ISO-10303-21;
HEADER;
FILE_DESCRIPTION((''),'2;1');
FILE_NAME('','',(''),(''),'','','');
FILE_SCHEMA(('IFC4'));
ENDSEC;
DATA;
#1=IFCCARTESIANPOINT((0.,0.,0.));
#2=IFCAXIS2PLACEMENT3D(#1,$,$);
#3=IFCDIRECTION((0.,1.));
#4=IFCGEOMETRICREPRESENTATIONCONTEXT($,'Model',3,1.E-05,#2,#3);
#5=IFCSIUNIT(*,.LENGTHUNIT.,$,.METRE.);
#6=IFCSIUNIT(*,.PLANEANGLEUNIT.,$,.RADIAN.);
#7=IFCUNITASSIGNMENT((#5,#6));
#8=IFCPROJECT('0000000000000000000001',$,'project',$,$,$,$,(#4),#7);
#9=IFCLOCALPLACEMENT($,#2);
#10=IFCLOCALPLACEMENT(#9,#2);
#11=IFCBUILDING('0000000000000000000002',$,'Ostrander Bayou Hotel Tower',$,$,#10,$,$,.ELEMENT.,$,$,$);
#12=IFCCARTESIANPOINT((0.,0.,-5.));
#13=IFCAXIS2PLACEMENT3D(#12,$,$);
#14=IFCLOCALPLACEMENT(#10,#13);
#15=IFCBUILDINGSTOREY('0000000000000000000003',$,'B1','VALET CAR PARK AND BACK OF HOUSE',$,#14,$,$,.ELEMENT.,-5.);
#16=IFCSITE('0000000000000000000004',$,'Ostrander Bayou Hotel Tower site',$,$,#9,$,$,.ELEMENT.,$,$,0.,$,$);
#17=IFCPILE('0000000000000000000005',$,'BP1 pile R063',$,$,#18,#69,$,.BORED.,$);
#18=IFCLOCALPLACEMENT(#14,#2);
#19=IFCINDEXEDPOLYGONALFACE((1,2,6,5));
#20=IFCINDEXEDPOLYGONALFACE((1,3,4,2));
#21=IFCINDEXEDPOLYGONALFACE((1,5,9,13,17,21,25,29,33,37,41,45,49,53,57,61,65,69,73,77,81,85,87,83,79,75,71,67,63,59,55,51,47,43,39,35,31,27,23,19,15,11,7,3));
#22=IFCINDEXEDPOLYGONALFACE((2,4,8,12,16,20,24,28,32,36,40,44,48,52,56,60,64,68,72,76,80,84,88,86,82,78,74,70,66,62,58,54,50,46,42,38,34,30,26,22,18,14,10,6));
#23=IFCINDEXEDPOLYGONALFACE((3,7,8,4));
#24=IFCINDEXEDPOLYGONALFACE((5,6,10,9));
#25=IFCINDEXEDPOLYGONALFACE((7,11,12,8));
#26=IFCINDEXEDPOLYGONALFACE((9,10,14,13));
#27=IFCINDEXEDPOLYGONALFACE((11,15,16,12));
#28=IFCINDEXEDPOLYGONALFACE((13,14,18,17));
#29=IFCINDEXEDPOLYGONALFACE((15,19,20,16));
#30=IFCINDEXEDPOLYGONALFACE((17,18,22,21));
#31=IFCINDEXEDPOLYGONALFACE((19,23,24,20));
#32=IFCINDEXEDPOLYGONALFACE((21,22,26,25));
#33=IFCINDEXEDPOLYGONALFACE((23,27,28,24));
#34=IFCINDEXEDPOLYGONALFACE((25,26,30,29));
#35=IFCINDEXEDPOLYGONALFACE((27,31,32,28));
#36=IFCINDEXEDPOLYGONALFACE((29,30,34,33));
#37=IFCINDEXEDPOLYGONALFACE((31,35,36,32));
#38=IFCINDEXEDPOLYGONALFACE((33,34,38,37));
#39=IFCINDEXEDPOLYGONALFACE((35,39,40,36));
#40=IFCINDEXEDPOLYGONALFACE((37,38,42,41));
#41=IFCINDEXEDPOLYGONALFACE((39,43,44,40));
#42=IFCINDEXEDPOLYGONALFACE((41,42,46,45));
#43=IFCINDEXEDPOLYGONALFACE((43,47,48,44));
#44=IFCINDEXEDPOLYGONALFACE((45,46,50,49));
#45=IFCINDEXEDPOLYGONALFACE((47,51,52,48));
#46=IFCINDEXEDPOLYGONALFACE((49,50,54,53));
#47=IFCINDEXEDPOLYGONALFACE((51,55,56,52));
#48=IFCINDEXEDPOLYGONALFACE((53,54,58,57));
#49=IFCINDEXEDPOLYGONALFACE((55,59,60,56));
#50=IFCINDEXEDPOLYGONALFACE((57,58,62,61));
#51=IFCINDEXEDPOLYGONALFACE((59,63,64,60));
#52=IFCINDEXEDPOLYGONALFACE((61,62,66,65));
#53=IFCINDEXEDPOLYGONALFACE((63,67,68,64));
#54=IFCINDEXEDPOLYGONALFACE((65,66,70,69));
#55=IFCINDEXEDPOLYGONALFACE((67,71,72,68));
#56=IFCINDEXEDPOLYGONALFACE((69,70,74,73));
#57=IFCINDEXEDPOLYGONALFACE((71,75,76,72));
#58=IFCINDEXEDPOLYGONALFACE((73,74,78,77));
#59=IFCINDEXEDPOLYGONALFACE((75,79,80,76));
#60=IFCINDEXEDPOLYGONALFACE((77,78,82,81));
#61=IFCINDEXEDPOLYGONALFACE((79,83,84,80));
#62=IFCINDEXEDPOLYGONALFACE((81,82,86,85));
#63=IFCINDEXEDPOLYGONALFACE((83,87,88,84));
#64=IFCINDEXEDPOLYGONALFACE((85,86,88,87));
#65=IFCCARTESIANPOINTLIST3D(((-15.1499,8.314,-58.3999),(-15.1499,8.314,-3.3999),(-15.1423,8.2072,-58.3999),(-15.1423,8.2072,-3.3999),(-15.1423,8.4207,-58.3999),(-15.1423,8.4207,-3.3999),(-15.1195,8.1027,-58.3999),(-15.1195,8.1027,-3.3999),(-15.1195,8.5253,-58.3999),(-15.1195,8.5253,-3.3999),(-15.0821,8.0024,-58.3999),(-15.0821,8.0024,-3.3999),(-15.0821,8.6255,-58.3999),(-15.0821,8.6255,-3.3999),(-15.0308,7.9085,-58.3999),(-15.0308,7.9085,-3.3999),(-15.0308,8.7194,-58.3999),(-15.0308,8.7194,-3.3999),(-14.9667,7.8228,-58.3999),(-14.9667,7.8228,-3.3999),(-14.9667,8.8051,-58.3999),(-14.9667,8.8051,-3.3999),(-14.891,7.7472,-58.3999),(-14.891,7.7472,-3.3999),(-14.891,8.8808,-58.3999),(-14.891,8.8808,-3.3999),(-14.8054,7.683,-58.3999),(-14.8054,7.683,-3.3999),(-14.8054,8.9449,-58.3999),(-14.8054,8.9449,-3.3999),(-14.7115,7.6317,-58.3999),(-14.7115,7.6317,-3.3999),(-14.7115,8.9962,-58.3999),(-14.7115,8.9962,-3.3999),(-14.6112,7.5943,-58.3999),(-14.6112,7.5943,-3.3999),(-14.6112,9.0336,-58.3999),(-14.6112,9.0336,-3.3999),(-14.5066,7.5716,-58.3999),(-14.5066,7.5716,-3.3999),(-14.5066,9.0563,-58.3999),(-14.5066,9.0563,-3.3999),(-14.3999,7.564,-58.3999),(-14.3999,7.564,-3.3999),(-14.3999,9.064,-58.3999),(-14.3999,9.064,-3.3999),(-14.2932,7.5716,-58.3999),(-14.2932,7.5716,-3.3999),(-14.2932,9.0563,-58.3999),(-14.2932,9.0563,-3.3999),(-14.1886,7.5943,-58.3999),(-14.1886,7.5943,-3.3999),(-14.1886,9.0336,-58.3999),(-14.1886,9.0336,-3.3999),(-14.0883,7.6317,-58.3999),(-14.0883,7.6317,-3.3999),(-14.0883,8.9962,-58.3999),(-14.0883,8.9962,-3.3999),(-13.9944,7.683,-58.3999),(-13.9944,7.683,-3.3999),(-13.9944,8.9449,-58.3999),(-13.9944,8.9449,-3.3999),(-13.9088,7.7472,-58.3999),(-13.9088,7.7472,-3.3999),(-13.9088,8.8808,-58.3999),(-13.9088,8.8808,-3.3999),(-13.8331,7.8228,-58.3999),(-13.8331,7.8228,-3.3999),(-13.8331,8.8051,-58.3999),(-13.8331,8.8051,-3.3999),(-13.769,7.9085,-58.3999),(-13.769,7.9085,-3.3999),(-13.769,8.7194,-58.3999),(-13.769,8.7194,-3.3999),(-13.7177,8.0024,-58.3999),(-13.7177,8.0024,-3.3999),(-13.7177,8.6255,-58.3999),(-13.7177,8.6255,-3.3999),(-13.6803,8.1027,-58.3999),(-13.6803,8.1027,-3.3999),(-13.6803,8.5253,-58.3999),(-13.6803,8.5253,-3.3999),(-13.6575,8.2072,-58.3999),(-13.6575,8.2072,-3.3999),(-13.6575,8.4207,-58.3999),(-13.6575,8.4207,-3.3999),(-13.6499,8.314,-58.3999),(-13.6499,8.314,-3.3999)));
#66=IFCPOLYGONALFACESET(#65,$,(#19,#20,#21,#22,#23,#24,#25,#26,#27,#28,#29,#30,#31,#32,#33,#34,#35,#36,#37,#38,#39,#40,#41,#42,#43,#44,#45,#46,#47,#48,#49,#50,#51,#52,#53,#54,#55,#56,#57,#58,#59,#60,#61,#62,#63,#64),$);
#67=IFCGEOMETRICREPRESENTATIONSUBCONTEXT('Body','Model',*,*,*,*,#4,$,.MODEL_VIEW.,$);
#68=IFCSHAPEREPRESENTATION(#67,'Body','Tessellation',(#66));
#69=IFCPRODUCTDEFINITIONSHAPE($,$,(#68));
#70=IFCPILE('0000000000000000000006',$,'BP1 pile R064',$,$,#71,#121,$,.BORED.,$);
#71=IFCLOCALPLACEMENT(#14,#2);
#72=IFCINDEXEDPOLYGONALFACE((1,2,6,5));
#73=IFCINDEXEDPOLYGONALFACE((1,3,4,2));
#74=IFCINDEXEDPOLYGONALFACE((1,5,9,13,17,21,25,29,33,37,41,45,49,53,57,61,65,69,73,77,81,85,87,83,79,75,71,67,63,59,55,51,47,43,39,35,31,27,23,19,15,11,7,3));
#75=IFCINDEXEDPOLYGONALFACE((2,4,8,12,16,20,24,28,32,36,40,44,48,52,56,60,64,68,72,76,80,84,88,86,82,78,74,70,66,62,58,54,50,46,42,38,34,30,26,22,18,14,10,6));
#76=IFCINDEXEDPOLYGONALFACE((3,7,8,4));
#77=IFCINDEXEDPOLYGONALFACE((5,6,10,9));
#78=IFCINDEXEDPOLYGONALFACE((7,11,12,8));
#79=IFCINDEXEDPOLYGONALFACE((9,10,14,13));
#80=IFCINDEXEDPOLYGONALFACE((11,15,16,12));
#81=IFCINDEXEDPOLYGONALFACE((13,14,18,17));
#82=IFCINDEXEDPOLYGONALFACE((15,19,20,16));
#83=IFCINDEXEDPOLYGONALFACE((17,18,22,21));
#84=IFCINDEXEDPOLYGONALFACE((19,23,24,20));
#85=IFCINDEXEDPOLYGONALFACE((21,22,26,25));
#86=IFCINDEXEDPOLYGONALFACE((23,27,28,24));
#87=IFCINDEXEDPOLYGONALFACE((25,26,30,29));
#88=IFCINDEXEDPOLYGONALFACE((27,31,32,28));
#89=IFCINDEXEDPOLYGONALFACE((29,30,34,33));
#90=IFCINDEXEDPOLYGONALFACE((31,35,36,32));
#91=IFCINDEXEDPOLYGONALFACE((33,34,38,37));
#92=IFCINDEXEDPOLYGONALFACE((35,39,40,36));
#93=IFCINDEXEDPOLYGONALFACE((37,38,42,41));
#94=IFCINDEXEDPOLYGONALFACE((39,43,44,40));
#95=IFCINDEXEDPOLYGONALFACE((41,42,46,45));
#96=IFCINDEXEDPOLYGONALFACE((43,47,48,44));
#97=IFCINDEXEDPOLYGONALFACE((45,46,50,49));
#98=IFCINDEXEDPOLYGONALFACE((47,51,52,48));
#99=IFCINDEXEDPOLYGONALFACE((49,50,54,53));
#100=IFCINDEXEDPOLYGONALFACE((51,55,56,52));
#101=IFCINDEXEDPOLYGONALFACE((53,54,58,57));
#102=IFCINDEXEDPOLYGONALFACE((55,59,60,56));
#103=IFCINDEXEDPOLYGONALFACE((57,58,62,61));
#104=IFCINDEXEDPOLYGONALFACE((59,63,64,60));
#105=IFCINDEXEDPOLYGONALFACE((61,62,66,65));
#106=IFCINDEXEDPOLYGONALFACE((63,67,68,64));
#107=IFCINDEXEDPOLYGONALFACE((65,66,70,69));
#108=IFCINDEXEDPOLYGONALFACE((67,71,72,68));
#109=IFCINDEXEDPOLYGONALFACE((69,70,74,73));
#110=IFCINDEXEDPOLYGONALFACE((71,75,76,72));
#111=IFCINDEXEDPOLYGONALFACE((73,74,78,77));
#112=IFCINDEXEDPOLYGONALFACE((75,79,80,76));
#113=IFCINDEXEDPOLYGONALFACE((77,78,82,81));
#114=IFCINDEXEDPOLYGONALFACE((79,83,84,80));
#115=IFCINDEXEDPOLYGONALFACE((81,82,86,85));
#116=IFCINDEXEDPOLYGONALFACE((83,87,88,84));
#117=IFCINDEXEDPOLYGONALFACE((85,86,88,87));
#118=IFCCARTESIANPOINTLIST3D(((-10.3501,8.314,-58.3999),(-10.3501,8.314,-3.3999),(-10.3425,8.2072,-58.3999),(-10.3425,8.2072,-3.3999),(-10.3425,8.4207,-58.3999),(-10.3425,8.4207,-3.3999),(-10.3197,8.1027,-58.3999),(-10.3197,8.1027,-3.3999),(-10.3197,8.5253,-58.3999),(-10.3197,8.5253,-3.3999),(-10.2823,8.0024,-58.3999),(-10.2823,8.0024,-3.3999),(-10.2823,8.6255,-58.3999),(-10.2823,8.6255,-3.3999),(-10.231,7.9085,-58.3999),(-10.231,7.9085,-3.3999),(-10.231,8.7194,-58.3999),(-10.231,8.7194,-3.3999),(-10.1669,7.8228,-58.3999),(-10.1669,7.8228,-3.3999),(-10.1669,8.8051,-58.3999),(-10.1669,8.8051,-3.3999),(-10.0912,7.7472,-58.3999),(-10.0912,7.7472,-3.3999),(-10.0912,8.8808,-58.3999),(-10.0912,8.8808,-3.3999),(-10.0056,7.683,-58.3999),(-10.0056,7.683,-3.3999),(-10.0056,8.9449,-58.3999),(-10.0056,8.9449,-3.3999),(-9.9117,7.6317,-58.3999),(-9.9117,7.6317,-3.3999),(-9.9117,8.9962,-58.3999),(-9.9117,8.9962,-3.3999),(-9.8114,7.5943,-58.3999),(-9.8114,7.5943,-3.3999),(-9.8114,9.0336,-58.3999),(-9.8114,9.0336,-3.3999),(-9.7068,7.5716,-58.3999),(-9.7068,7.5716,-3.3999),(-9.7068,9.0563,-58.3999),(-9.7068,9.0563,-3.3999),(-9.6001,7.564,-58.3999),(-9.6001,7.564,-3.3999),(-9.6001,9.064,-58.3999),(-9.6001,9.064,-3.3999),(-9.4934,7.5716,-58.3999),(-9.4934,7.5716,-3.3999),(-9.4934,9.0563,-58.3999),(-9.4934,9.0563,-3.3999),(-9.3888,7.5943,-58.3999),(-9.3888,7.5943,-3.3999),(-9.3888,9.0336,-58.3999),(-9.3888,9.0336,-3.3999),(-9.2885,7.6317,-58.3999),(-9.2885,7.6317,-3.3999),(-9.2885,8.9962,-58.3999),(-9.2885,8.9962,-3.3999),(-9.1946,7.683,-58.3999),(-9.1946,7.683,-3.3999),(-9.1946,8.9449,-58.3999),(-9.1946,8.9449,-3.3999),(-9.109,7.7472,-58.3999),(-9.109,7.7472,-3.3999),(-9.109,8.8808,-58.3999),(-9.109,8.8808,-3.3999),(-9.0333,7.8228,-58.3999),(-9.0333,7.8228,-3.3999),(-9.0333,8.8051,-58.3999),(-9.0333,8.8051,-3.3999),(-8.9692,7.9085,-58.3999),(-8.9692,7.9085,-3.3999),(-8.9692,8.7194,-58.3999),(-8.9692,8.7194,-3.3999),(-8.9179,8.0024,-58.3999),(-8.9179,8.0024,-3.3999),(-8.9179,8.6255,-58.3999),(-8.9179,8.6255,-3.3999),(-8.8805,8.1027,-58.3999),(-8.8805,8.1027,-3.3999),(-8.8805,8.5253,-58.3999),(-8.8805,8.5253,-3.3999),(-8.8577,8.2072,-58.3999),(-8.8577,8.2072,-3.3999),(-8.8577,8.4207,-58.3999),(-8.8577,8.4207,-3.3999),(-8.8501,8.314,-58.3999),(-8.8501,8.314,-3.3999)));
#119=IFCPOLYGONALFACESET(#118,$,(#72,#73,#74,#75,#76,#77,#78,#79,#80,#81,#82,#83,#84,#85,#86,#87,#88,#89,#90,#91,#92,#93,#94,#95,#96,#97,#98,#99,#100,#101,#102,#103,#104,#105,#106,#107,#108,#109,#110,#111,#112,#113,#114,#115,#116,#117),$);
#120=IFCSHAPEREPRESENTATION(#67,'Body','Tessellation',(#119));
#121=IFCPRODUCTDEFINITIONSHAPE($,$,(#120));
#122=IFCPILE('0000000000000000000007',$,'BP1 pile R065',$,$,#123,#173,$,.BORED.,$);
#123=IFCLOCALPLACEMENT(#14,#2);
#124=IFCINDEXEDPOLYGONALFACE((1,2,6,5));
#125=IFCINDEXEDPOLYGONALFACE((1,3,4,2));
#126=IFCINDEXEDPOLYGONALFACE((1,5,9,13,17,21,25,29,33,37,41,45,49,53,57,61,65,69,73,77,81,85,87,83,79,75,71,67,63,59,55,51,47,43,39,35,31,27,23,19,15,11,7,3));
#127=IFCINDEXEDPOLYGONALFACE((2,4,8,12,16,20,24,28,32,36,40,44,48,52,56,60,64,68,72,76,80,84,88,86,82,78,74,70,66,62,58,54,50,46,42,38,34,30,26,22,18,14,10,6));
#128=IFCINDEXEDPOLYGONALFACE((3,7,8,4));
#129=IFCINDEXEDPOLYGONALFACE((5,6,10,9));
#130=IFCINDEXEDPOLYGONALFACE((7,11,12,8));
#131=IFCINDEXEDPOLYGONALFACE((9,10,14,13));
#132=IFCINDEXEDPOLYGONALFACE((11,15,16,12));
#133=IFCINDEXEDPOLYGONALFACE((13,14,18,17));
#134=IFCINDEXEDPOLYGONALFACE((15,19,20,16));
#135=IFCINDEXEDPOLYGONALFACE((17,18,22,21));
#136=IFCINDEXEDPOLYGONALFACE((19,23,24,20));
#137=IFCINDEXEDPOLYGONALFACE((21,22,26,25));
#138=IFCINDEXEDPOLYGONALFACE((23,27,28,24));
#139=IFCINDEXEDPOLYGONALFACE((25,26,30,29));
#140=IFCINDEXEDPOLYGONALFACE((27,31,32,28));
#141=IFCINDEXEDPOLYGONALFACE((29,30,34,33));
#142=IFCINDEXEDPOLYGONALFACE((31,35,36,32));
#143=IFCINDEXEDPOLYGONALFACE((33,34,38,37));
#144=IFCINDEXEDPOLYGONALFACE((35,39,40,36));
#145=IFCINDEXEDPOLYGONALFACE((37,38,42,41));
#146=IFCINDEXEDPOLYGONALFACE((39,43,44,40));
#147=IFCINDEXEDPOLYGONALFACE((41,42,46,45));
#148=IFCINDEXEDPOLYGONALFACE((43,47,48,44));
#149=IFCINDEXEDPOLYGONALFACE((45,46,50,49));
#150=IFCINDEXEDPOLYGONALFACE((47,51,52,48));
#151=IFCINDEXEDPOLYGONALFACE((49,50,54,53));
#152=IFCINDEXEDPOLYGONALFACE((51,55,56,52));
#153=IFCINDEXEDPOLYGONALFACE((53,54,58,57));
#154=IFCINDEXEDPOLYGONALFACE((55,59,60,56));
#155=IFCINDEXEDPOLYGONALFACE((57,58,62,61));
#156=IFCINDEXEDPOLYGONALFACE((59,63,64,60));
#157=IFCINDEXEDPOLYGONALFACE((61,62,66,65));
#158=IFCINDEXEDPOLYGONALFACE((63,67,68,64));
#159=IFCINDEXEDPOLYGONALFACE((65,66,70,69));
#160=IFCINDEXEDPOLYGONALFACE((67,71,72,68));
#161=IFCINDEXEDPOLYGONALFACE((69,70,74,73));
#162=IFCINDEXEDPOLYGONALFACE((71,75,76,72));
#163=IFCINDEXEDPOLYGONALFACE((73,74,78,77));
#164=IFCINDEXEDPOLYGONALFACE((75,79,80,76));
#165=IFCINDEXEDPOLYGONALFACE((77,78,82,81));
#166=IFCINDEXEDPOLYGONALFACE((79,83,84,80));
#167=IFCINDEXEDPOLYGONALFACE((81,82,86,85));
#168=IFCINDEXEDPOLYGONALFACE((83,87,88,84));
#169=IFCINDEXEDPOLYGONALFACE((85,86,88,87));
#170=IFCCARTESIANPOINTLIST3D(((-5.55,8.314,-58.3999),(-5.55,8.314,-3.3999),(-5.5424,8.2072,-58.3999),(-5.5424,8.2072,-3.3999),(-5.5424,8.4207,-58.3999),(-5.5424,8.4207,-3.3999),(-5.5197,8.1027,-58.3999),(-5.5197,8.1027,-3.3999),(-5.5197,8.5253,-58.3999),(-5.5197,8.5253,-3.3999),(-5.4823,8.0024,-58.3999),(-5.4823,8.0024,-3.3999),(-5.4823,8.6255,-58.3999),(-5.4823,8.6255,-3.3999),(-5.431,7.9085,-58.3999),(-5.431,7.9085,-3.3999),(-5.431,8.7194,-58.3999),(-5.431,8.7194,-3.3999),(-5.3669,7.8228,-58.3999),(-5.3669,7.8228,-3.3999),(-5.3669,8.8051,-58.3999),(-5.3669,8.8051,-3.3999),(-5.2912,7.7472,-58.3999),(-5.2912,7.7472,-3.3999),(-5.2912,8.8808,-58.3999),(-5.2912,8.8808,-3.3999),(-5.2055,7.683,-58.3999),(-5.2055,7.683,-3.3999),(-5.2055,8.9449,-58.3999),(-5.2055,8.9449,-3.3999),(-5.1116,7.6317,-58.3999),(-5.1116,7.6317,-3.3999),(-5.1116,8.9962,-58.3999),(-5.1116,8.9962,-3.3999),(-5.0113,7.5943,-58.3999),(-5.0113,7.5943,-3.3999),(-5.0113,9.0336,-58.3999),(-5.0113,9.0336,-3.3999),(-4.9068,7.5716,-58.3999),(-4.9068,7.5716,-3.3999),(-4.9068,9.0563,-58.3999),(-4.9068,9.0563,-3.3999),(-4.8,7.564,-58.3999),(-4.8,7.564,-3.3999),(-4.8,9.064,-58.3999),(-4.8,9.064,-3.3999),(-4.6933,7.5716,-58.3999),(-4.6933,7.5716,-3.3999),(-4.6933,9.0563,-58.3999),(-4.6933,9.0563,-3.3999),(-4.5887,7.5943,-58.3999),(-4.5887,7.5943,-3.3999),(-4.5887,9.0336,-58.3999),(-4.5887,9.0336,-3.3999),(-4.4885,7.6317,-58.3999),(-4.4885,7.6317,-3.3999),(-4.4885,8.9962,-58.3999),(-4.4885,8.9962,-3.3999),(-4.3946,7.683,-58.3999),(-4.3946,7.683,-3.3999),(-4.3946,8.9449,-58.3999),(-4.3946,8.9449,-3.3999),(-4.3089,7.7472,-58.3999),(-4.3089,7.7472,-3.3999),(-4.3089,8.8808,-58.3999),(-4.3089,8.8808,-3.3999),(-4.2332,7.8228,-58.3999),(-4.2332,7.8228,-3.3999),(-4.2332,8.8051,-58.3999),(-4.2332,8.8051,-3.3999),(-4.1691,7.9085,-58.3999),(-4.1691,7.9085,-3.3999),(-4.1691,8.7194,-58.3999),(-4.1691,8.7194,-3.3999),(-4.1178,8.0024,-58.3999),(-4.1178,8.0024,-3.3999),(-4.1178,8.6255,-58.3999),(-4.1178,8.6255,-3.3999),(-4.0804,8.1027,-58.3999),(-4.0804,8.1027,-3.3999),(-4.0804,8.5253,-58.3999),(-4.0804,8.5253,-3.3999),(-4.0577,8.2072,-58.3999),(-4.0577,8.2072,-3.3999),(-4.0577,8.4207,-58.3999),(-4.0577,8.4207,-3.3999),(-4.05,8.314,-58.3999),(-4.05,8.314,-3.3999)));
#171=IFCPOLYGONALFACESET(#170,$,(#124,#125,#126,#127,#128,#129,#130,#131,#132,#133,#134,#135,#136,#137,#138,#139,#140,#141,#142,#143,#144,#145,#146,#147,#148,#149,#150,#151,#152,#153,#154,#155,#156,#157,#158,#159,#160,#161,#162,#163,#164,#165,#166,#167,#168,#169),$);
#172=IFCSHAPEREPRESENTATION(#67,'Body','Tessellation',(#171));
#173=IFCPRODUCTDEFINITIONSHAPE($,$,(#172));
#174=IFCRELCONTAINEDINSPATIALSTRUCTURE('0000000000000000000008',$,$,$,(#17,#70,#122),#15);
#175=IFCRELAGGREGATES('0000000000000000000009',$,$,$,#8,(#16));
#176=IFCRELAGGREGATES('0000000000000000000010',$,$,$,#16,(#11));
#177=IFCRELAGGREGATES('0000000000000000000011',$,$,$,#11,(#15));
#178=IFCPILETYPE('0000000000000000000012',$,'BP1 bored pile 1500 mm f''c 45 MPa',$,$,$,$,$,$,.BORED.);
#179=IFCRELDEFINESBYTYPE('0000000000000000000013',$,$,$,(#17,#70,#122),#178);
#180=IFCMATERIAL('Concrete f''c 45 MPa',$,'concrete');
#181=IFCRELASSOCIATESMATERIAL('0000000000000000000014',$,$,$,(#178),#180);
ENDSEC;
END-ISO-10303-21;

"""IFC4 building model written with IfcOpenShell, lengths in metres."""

from ifc_helpers import new_model, si_unit, direction, frame, origin, origin_2d, place, context, subcontext, project, spatial, circle, extrude, material, material_profile, profile_set, type_object, element, save


model = new_model("IFC4")

# Units and contexts
model_context = context("Model", 3, precision=1e-05, world=origin(), true_north=direction((0.0, 1.0)))
body_context = subcontext(model_context, "Body", "Model", "MODEL_VIEW")
ifc_project = project(units=[si_unit("LENGTHUNIT", "METRE"), si_unit("PLANEANGLEUNIT", "RADIAN")], contexts=[model_context])

# Site, building, storey
site_placement = place(None, origin())
site = spatial("IfcSite", under=ifc_project, at=site_placement, Name="Ostrander Bayou Hotel Tower site", CompositionType="ELEMENT", RefElevation=0.0)
building_placement = place(site_placement, origin())
building = spatial("IfcBuilding", under=site, at=building_placement, Name="Ostrander Bayou Hotel Tower", CompositionType="ELEMENT")
storey_placement = place(building_placement, frame((0.0, 0.0, -5.0)))
storey = spatial("IfcBuildingStorey", under=building, at=storey_placement, Name="B1", Description="VALET CAR PARK AND BACK OF HOUSE", CompositionType="ELEMENT", Elevation=-5.0)

# Piles
ifc_material_1 = material(Name="Concrete f'c 45 MPa", Category="concrete")
ifc_material_profile = material_profile(ifc_material_1, circle(Radius=0.75, at=origin_2d()))
ifc_profile_set = profile_set([ifc_material_profile], Name="Concrete f'c 45 MPa")
pile_type = type_object("IfcPileType", Name="BP1 bored pile 1500 mm f'c 45 MPa", PredefinedType="BORED", material=ifc_profile_set)
for number, where, z_axis, x_axis, name in (
    (1, (-14.3999, 8.314, -3.3999), (0.0, 0.0, -1.0), (1.0, 0.0, 0.0), "BP1 pile R063"),
    (2, (-9.6001, 8.314, -3.3999), (0.0, 0.0, -1.0), (1.0, 0.0, 0.0), "BP1 pile R064"),
    (3, (-4.8, 8.314, -3.3999), (0.0, 0.0, -1.0), (1.0, 0.0, 0.0), "BP1 pile R065"),
):
    element("IfcPile", number, at=place(storey_placement, frame(where, z_axis=z_axis, x_axis=x_axis)), inside=storey, type_object=pile_type, Name=name, PredefinedType="BORED", context=body_context, shape_type="SweptSolid", body=[
        extrude(circle(Radius=0.75, at=origin_2d()), origin(), (0.0, 0.0, 1.0), 55.0),
    ])

save(model, "model.ifc")
